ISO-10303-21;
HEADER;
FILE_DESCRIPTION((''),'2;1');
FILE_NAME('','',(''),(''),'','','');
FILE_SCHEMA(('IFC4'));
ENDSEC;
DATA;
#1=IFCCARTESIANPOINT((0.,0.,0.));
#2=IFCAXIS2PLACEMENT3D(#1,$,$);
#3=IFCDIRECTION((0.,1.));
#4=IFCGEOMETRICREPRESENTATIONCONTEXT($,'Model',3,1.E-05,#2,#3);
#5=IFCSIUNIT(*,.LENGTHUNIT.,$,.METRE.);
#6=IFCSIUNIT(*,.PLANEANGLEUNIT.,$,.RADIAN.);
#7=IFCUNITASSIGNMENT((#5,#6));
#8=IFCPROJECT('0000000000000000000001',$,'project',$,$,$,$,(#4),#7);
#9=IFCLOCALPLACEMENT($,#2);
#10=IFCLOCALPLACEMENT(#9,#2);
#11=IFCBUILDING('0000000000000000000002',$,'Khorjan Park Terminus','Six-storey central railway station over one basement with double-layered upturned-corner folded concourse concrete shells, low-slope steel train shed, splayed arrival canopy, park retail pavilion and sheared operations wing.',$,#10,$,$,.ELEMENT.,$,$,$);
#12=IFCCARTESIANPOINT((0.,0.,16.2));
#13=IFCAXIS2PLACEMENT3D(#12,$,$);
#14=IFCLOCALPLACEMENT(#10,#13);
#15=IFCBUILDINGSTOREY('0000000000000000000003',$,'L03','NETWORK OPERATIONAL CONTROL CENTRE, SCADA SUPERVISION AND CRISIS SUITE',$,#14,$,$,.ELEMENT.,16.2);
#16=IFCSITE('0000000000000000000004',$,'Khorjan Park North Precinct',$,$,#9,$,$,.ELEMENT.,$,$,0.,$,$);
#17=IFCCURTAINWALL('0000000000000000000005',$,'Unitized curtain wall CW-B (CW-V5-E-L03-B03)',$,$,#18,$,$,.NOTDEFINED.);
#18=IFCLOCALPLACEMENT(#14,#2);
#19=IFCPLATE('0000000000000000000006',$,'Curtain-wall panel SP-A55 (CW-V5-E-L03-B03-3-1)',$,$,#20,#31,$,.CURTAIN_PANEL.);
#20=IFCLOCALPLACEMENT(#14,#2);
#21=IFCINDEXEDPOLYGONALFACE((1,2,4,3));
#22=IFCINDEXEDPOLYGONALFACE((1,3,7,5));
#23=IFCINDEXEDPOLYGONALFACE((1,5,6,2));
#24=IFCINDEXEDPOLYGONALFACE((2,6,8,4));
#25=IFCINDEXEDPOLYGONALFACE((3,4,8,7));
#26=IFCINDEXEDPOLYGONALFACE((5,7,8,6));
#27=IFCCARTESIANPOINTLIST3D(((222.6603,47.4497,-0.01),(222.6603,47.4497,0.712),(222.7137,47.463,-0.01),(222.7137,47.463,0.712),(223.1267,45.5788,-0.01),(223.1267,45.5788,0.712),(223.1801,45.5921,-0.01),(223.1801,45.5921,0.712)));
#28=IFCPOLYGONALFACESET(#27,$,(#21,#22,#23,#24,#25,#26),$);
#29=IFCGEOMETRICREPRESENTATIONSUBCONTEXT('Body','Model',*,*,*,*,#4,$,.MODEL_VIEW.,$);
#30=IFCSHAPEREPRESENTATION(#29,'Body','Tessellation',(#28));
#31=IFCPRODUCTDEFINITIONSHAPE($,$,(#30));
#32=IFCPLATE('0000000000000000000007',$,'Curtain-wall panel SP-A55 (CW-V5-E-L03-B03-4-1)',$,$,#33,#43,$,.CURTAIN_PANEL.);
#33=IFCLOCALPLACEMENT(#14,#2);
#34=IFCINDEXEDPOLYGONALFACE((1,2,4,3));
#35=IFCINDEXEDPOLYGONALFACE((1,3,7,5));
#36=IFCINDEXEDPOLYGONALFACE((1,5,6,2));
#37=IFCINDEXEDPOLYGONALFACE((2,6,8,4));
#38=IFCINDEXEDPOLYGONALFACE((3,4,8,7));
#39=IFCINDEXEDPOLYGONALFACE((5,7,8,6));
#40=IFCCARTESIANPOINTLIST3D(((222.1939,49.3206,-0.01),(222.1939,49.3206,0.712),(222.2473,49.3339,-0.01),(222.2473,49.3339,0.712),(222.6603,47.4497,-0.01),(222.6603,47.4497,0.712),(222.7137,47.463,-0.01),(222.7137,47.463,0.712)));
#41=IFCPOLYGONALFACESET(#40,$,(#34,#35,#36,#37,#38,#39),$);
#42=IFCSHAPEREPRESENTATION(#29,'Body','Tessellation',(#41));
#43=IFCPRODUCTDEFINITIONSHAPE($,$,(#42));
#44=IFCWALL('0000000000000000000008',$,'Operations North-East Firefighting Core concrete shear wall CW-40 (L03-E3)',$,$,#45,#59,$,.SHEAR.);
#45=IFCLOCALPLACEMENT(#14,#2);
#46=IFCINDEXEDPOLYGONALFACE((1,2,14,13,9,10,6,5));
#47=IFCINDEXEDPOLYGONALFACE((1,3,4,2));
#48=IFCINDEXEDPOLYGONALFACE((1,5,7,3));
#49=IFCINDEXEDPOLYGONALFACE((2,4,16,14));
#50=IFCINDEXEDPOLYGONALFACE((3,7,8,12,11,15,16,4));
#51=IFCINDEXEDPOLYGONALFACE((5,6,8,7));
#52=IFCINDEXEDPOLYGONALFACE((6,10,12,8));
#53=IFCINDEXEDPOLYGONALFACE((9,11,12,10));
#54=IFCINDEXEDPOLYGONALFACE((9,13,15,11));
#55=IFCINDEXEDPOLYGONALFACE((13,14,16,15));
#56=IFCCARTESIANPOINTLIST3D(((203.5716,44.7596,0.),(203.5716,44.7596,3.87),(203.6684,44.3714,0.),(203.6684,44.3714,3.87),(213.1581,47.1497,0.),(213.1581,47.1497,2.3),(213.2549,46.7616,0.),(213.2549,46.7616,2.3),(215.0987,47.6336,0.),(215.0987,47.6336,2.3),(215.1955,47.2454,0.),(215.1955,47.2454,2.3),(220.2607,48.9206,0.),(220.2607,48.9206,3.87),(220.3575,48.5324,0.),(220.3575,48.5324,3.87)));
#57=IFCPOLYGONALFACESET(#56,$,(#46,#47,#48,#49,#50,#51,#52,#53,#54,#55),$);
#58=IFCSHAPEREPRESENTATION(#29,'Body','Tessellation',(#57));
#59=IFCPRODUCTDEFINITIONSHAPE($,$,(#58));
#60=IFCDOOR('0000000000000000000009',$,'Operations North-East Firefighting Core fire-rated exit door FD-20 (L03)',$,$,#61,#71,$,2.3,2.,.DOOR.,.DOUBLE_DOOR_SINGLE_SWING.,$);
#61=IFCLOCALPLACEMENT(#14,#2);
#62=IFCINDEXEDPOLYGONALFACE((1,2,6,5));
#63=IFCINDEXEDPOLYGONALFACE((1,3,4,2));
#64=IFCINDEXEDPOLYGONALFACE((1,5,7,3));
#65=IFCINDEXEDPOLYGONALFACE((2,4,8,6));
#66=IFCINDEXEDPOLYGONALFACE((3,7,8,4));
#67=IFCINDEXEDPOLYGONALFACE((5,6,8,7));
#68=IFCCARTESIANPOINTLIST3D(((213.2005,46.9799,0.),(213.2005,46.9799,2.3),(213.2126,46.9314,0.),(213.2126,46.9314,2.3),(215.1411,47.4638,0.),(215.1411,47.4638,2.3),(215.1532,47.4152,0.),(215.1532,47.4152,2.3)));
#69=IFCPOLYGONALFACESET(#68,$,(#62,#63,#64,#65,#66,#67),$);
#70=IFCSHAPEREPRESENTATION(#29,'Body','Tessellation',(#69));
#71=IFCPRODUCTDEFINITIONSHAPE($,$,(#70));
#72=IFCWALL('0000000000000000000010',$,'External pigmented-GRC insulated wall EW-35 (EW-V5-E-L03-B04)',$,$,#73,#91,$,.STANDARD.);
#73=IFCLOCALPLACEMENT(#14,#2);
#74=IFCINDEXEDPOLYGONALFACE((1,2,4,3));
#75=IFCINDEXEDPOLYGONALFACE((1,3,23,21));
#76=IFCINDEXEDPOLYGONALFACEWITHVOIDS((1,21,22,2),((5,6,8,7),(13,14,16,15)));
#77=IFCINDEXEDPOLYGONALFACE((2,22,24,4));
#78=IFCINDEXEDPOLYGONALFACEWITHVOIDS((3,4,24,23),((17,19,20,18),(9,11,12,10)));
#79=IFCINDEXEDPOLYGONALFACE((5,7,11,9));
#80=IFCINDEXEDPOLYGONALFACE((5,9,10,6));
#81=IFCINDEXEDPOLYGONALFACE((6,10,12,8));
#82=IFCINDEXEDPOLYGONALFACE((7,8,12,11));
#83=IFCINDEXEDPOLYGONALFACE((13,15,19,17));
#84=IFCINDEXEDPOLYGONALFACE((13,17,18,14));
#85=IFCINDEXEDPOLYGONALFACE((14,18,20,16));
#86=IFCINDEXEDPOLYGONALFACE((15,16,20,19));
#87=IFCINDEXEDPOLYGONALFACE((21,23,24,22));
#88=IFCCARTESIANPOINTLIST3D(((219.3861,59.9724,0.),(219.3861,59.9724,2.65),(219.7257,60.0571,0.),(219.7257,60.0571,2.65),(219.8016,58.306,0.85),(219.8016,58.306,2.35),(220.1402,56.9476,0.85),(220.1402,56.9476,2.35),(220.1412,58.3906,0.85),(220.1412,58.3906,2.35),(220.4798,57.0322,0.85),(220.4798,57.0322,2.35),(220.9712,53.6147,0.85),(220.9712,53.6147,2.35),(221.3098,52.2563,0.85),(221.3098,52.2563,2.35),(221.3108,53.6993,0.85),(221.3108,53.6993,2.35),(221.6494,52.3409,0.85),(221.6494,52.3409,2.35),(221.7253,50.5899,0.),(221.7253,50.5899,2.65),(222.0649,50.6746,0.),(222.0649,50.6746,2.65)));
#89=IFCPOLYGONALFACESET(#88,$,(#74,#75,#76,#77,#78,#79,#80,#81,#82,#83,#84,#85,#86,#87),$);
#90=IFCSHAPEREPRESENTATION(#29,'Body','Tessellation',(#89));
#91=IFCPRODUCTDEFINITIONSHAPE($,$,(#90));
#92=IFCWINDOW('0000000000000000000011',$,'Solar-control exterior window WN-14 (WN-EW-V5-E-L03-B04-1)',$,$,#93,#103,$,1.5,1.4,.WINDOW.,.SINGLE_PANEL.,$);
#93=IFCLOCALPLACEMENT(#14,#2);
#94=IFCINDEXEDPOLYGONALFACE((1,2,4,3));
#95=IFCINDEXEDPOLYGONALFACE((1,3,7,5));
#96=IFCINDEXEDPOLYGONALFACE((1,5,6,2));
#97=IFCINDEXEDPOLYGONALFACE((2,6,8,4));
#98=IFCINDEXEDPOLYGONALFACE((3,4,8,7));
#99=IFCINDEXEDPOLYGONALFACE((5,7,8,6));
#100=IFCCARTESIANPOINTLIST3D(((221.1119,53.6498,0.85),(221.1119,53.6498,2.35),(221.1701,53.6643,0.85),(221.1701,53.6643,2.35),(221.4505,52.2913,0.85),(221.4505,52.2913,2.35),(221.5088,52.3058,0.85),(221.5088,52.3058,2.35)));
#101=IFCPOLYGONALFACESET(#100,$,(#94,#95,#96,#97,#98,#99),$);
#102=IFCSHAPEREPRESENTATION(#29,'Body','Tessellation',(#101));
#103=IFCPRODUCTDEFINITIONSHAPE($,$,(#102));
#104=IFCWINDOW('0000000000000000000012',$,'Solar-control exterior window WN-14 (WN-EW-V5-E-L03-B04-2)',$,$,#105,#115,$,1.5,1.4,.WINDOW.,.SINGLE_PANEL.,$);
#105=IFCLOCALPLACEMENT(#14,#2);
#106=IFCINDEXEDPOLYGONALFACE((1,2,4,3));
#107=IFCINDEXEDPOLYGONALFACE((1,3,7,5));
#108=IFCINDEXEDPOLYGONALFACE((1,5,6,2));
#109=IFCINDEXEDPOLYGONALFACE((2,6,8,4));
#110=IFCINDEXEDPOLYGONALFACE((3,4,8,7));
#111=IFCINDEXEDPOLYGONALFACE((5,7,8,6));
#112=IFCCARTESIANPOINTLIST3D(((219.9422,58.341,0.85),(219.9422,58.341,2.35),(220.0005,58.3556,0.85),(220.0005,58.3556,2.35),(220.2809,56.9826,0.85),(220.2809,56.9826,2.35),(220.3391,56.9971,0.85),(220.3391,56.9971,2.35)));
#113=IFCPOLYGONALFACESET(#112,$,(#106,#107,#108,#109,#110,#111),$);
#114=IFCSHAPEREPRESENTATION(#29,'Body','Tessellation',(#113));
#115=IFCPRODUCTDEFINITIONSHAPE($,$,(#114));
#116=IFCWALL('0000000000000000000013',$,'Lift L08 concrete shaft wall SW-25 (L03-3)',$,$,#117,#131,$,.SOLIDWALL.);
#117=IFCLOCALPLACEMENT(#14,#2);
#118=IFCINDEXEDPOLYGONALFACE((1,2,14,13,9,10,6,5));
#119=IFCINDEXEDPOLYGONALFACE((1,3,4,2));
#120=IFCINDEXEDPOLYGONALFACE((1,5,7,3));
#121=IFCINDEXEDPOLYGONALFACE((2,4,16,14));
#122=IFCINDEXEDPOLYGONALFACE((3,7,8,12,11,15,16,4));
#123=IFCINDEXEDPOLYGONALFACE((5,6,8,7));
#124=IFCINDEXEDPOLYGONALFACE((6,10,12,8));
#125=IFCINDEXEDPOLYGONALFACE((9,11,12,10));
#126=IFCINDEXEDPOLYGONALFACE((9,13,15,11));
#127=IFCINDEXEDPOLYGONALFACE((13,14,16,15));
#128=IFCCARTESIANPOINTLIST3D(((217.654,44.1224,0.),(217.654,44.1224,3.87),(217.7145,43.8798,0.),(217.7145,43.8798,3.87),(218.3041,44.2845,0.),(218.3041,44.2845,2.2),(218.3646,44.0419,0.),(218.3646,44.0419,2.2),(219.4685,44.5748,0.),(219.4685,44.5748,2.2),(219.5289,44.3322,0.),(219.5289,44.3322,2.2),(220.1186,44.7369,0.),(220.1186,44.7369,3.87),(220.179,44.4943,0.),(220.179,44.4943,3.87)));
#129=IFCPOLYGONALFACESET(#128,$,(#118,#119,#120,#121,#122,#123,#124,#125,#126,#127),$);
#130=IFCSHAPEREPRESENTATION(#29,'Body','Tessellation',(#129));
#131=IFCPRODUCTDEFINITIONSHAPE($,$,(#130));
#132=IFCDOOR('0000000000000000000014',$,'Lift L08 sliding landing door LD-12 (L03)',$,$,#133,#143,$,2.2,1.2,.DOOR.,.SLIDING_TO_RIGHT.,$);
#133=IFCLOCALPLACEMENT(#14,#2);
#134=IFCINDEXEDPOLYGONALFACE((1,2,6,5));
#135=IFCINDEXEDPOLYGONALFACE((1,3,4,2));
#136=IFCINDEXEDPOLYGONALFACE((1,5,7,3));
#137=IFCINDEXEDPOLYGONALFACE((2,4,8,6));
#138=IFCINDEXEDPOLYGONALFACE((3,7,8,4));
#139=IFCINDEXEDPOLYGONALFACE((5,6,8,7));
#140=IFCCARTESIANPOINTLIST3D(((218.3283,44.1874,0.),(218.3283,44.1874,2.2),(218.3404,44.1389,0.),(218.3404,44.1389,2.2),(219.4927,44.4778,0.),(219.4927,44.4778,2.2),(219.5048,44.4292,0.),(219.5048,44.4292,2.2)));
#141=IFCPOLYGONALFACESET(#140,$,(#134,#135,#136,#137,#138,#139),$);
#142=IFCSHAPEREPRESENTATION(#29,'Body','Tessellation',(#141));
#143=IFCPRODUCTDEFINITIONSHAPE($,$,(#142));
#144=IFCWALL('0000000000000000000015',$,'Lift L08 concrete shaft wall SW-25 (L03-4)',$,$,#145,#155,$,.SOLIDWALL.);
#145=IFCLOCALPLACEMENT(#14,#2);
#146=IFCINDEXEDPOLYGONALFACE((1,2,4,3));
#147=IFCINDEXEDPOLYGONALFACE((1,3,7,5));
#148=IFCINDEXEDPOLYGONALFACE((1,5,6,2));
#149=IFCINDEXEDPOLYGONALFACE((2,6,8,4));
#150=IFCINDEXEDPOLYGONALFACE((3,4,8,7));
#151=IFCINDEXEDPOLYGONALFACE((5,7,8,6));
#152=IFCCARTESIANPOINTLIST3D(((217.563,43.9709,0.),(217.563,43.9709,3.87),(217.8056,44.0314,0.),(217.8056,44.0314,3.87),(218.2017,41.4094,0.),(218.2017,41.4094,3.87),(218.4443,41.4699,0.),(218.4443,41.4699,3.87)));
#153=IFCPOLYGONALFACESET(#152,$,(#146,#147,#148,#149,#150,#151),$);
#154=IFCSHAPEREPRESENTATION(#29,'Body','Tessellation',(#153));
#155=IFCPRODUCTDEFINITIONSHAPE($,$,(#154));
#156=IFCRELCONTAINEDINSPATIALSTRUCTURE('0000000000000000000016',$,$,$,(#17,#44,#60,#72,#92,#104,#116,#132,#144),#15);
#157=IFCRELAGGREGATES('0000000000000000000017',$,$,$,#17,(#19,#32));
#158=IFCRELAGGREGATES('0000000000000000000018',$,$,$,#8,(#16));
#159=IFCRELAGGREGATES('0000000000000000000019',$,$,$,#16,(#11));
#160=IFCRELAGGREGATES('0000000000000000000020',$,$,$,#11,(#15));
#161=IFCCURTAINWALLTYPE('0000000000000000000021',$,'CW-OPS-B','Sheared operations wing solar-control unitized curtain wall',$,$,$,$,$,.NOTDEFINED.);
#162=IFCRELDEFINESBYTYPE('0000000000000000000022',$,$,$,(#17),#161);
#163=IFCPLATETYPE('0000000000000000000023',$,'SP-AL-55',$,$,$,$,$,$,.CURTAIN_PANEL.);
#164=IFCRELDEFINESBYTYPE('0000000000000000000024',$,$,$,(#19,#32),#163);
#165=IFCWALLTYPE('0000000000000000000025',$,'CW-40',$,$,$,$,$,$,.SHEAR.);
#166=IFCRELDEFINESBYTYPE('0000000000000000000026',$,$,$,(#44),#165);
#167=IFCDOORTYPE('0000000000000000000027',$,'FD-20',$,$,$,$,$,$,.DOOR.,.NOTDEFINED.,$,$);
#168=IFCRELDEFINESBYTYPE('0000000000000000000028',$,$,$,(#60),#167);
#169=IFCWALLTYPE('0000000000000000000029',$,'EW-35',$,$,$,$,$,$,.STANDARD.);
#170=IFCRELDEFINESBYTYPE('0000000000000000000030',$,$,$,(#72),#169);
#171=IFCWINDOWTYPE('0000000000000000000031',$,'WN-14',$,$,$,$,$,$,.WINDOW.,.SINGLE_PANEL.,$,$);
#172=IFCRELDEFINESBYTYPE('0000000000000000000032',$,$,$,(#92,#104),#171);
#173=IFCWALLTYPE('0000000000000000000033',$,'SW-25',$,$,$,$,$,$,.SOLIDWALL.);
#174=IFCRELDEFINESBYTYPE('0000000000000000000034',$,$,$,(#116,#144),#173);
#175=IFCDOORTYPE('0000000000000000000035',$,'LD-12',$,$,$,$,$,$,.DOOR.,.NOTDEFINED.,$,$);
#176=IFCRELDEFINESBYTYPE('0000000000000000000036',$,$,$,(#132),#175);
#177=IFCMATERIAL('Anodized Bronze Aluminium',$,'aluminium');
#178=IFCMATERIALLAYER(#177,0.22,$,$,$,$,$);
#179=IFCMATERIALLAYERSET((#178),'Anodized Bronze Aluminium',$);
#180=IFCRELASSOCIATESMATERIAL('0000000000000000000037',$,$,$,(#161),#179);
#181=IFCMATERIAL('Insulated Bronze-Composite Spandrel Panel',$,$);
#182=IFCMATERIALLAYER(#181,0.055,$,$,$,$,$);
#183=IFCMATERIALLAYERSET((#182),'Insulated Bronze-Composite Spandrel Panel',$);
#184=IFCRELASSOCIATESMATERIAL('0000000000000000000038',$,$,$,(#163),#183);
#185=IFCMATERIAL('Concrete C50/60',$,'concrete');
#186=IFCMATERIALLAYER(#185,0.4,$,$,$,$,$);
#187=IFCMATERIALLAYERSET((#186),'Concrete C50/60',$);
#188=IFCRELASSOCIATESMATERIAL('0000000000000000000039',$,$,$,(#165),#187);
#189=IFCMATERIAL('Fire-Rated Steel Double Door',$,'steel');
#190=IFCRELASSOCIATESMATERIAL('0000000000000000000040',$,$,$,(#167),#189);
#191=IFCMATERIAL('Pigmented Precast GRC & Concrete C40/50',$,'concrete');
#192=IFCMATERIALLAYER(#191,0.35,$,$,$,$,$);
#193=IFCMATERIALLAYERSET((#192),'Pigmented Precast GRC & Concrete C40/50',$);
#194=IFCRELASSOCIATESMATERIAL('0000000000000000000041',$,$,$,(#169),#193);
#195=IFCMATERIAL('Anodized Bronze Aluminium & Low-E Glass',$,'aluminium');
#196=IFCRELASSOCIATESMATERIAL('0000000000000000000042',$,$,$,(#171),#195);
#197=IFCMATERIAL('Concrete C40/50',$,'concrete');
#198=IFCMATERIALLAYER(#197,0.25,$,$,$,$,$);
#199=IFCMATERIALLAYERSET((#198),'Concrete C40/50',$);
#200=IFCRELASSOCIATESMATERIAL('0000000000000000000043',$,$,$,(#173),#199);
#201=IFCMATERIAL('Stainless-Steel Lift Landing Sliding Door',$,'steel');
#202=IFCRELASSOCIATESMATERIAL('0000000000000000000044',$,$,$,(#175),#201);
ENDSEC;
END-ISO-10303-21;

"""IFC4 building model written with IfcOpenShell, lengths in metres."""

from ifc_helpers import new_model, si_unit, direction, frame, frame_2d, origin, origin_2d, place, context, subcontext, project, spatial, rectangle, extrude, material, layer, layer_set, type_object, element, fill, aggregate, save


model = new_model("IFC4")

# Units and contexts
model_context = context("Model", 3, precision=1e-05, world=origin(), true_north=direction((0.0, 1.0)))
body_context = subcontext(model_context, "Body", "Model", "MODEL_VIEW")
ifc_project = project(units=[si_unit("LENGTHUNIT", "METRE"), si_unit("PLANEANGLEUNIT", "RADIAN")], contexts=[model_context])

# Site, building, storey
site_placement = place(None, origin())
site = spatial("IfcSite", under=ifc_project, at=site_placement, Name="Khorjan Park North Precinct", CompositionType="ELEMENT", RefElevation=0.0)
building_placement = place(site_placement, origin())
building = spatial("IfcBuilding", under=site, at=building_placement, Name="Khorjan Park Terminus", Description="Six-storey central railway station over one basement with double-layered upturned-corner folded concourse concrete shells, low-slope steel train shed, splayed arrival canopy, park retail pavilion and sheared operations wing.", CompositionType="ELEMENT")
storey_placement = place(building_placement, frame((0.0, 0.0, 16.2)))
storey = spatial("IfcBuildingStorey", under=building, at=storey_placement, Name="L03", Description="NETWORK OPERATIONAL CONTROL CENTRE, SCADA SUPERVISION AND CRISIS SUITE", CompositionType="ELEMENT", Elevation=16.2)

# Shared definitions
ifc_material_1 = material(Name="Concrete C50/60", Category="concrete")

# Shared definitions
ifc_material_2 = material(Name="Concrete C40/50", Category="concrete")

# Curtain wall, plates
ifc_material_3 = material(Name="Anodized Bronze Aluminium", Category="aluminium")
ifc_layer_1 = layer(ifc_material_3, 0.22)
ifc_layer_set_1 = layer_set([ifc_layer_1], Name="Anodized Bronze Aluminium")
curtain_wall_type = type_object("IfcCurtainWallType", Name="CW-OPS-B", Description="Sheared operations wing solar-control unitized curtain wall", PredefinedType="NOTDEFINED", material=ifc_layer_set_1)
curtain_wall_placement = place(storey_placement, origin())
curtain_wall = element("IfcCurtainWall", 1, at=curtain_wall_placement, inside=storey, type_object=curtain_wall_type, Name="Unitized curtain wall CW-B (CW-V5-E-L03-B03)", PredefinedType="NOTDEFINED")
ifc_material_4 = material(Name="Insulated Bronze-Composite Spandrel Panel")
ifc_layer_2 = layer(ifc_material_4, 0.055)
ifc_layer_set_2 = layer_set([ifc_layer_2], Name="Insulated Bronze-Composite Spandrel Panel")
plate_type_1 = type_object("IfcPlateType", Name="SP-AL-55", PredefinedType="CURTAIN_PANEL", material=ifc_layer_set_2)
plate_1_placement = place(storey_placement, frame((222.9202, 46.5209, -0.01), z_axis=(0.0, 0.0, 1.0), x_axis=(-0.241923, 0.970295, 0.0)))
plate_1 = element("IfcPlate", 2, at=plate_1_placement, type_object=plate_type_1, Name="Curtain-wall panel SP-A55 (CW-V5-E-L03-B03-3-1)", PredefinedType="CURTAIN_PANEL", context=body_context, shape_type="SweptSolid", body=[
    extrude(rectangle(XDim=1.9281, YDim=0.055, at=origin_2d()), origin(), (0.0, 0.0, 1.0), 0.722),
])
plate_2_placement = place(storey_placement, frame((222.4538, 48.3918, -0.01), z_axis=(0.0, 0.0, 1.0), x_axis=(-0.241923, 0.970295, 0.0)))
plate_2 = element("IfcPlate", 3, at=plate_2_placement, type_object=plate_type_1, Name="Curtain-wall panel SP-A55 (CW-V5-E-L03-B03-4-1)", PredefinedType="CURTAIN_PANEL", context=body_context, shape_type="SweptSolid", body=[
    extrude(rectangle(XDim=1.9281, YDim=0.055, at=origin_2d()), origin(), (0.0, 0.0, 1.0), 0.722),
])
aggregate(curtain_wall, [plate_1, plate_2])

# Wall, opening, door
ifc_layer_3 = layer(ifc_material_1, 0.4)
ifc_layer_set_3 = layer_set([ifc_layer_3], Name="Concrete C50/60")
wall_type_1 = type_object("IfcWallType", Name="CW-40", PredefinedType="SHEAR", material=ifc_layer_set_3)
wall_1_placement = place(storey_placement, frame((220.3091, 48.7265, 0.0), z_axis=(0.0, 0.0, 1.0), x_axis=(-0.970297, -0.241919, 0.0)))
wall_1 = element("IfcWall", 4, at=wall_1_placement, inside=storey, type_object=wall_type_1, Name="Operations North-East Firefighting Core concrete shear wall CW-40 (L03-E3)", PredefinedType="SHEAR", context=body_context, shape_type="SweptSolid", body=[
    extrude(rectangle(XDim=17.2, YDim=0.4, at=frame_2d((8.6, 0.0))), origin(), (0.0, 0.0, 1.0), 3.87),
])
opening_1_placement = place(wall_1_placement, frame((5.32, 0.0, 0.0)))
opening_1 = element("IfcOpeningElement", 5, at=opening_1_placement, cuts=wall_1, PredefinedType="OPENING", context=body_context, shape_type="SweptSolid", body=[
    extrude(rectangle(XDim=2.0, YDim=2.3, at=frame_2d((1.0, 1.15))), frame((0.0, 0.21, 0.0), z_axis=(0.0, -1.0, 0.0), x_axis=(1.0, 0.0, 0.0)), (0.0, 0.0, 1.0), 0.42),
])
ifc_material_5 = material(Name="Fire-Rated Steel Double Door", Category="steel")
door_type_1 = type_object("IfcDoorType", Name="FD-20", OperationType="NOTDEFINED", PredefinedType="DOOR", material=ifc_material_5)
door_1_placement = place(opening_1_placement, origin())
door_1 = element("IfcDoor", 6, at=door_1_placement, inside=storey, type_object=door_type_1, Name="Operations North-East Firefighting Core fire-rated exit door FD-20 (L03)", OperationType="DOUBLE_DOOR_SINGLE_SWING", OverallHeight=2.3, OverallWidth=2.0, PredefinedType="DOOR", context=body_context, shape_type="SweptSolid", body=[
    extrude(rectangle(XDim=2.0, YDim=2.3, at=frame_2d((1.0, 1.15))), frame((0.0, 0.025, 0.0), z_axis=(0.0, -1.0, 0.0), x_axis=(1.0, 0.0, 0.0)), (0.0, 0.0, 1.0), 0.05),
])
fill(opening_1, door_1)

# Wall, openings, windows
ifc_material_6 = material(Name="Pigmented Precast GRC & Concrete C40/50", Category="concrete")
ifc_layer_4 = layer(ifc_material_6, 0.35)
ifc_layer_set_4 = layer_set([ifc_layer_4], Name="Pigmented Precast GRC & Concrete C40/50")
wall_type_2 = type_object("IfcWallType", Name="EW-35", PredefinedType="STANDARD", material=ifc_layer_set_4)
wall_2_placement = place(storey_placement, frame((221.8951, 50.6322, 0.0), z_axis=(0.0, 0.0, 1.0), x_axis=(-0.24191, 0.970299, 0.0)))
wall_2 = element("IfcWall", 7, at=wall_2_placement, inside=storey, type_object=wall_type_2, Name="External pigmented-GRC insulated wall EW-35 (EW-V5-E-L03-B04)", PredefinedType="STANDARD", context=body_context, shape_type="SweptSolid", body=[
    extrude(rectangle(XDim=9.6697, YDim=0.35, at=frame_2d((4.8349, 0.0))), origin(), (0.0, 0.0, 1.0), 2.65),
])
opening_2_placement = place(wall_2_placement, frame((1.7174, 0.0, 0.85)))
opening_2 = element("IfcOpeningElement", 8, at=opening_2_placement, cuts=wall_2, PredefinedType="OPENING", context=body_context, shape_type="SweptSolid", body=[
    extrude(rectangle(XDim=1.4, YDim=1.5, at=frame_2d((0.7, 0.75))), frame((0.0, 0.185, 0.0), z_axis=(0.0, -1.0, 0.0), x_axis=(1.0, 0.0, 0.0)), (0.0, 0.0, 1.0), 0.37),
])
opening_3_placement = place(wall_2_placement, frame((6.5523, 0.0, 0.85)))
opening_3 = element("IfcOpeningElement", 9, at=opening_3_placement, cuts=wall_2, PredefinedType="OPENING", context=body_context, shape_type="SweptSolid", body=[
    extrude(rectangle(XDim=1.4, YDim=1.5, at=frame_2d((0.7, 0.75))), frame((0.0, 0.185, 0.0), z_axis=(0.0, -1.0, 0.0), x_axis=(1.0, 0.0, 0.0)), (0.0, 0.0, 1.0), 0.37),
])
ifc_material_7 = material(Name="Anodized Bronze Aluminium & Low-E Glass", Category="aluminium")
window_type = type_object("IfcWindowType", Name="WN-14", PartitioningType="SINGLE_PANEL", PredefinedType="WINDOW", material=ifc_material_7)
window_1_placement = place(opening_2_placement, origin())
window_1 = element("IfcWindow", 10, at=window_1_placement, inside=storey, type_object=window_type, Name="Solar-control exterior window WN-14 (WN-EW-V5-E-L03-B04-1)", OverallHeight=1.5, OverallWidth=1.4, PartitioningType="SINGLE_PANEL", PredefinedType="WINDOW", context=body_context, shape_type="SweptSolid", body=[
    extrude(rectangle(XDim=1.4, YDim=1.5, at=frame_2d((0.7, 0.75))), frame((0.0, 0.03, 0.0), z_axis=(0.0, -1.0, 0.0), x_axis=(1.0, 0.0, 0.0)), (0.0, 0.0, 1.0), 0.06),
])
fill(opening_2, window_1)
window_2_placement = place(opening_3_placement, origin())
window_2 = element("IfcWindow", 11, at=window_2_placement, inside=storey, type_object=window_type, Name="Solar-control exterior window WN-14 (WN-EW-V5-E-L03-B04-2)", OverallHeight=1.5, OverallWidth=1.4, PartitioningType="SINGLE_PANEL", PredefinedType="WINDOW", context=body_context, shape_type="SweptSolid", body=[
    extrude(rectangle(XDim=1.4, YDim=1.5, at=frame_2d((0.7, 0.75))), frame((0.0, 0.03, 0.0), z_axis=(0.0, -1.0, 0.0), x_axis=(1.0, 0.0, 0.0)), (0.0, 0.0, 1.0), 0.06),
])
fill(opening_3, window_2)

# Wall, opening, door
ifc_layer_5 = layer(ifc_material_2, 0.25)
ifc_layer_set_5 = layer_set([ifc_layer_5], Name="Concrete C40/50")
wall_type_3 = type_object("IfcWallType", Name="SW-25", PredefinedType="SOLIDWALL", material=ifc_layer_set_5)
wall_3_placement = place(storey_placement, frame((220.1488, 44.6156, 0.0), z_axis=(0.0, 0.0, 1.0), x_axis=(-0.970293, -0.241933, 0.0)))
wall_3 = element("IfcWall", 12, at=wall_3_placement, inside=storey, type_object=wall_type_3, Name="Lift L08 concrete shaft wall SW-25 (L03-3)", PredefinedType="SOLIDWALL", context=body_context, shape_type="SweptSolid", body=[
    extrude(rectangle(XDim=2.54, YDim=0.25, at=frame_2d((1.27, 0.0))), origin(), (0.0, 0.0, 1.0), 3.87),
])
opening_4_placement = place(wall_3_placement, frame((0.67, 0.0, 0.0)))
opening_4 = element("IfcOpeningElement", 13, at=opening_4_placement, cuts=wall_3, PredefinedType="OPENING", context=body_context, shape_type="SweptSolid", body=[
    extrude(rectangle(XDim=1.2, YDim=2.2, at=frame_2d((0.6, 1.1))), frame((0.0, 0.135, 0.0), z_axis=(0.0, -1.0, 0.0), x_axis=(1.0, 0.0, 0.0)), (0.0, 0.0, 1.0), 0.27),
])
ifc_material_8 = material(Name="Stainless-Steel Lift Landing Sliding Door", Category="steel")
door_type_2 = type_object("IfcDoorType", Name="LD-12", OperationType="NOTDEFINED", PredefinedType="DOOR", material=ifc_material_8)
door_2_placement = place(opening_4_placement, origin())
door_2 = element("IfcDoor", 14, at=door_2_placement, inside=storey, type_object=door_type_2, Name="Lift L08 sliding landing door LD-12 (L03)", OperationType="SLIDING_TO_RIGHT", OverallHeight=2.2, OverallWidth=1.2, PredefinedType="DOOR", context=body_context, shape_type="SweptSolid", body=[
    extrude(rectangle(XDim=1.2, YDim=2.2, at=frame_2d((0.6, 1.1))), frame((0.0, 0.025, 0.0), z_axis=(0.0, -1.0, 0.0), x_axis=(1.0, 0.0, 0.0)), (0.0, 0.0, 1.0), 0.05),
])
fill(opening_4, door_2)

# Wall
wall_4_placement = place(storey_placement, frame((217.6843, 44.0011, 0.0), z_axis=(0.0, 0.0, 1.0), x_axis=(0.241938, -0.970292, 0.0)))
element("IfcWall", 15, at=wall_4_placement, inside=storey, type_object=wall_type_3, Name="Lift L08 concrete shaft wall SW-25 (L03-4)", PredefinedType="SOLIDWALL", context=body_context, shape_type="SweptSolid", body=[
    extrude(rectangle(XDim=2.6399, YDim=0.25, at=frame_2d((1.3199, 0.0))), origin(), (0.0, 0.0, 1.0), 3.87),
])

save(model, "model.ifc")
